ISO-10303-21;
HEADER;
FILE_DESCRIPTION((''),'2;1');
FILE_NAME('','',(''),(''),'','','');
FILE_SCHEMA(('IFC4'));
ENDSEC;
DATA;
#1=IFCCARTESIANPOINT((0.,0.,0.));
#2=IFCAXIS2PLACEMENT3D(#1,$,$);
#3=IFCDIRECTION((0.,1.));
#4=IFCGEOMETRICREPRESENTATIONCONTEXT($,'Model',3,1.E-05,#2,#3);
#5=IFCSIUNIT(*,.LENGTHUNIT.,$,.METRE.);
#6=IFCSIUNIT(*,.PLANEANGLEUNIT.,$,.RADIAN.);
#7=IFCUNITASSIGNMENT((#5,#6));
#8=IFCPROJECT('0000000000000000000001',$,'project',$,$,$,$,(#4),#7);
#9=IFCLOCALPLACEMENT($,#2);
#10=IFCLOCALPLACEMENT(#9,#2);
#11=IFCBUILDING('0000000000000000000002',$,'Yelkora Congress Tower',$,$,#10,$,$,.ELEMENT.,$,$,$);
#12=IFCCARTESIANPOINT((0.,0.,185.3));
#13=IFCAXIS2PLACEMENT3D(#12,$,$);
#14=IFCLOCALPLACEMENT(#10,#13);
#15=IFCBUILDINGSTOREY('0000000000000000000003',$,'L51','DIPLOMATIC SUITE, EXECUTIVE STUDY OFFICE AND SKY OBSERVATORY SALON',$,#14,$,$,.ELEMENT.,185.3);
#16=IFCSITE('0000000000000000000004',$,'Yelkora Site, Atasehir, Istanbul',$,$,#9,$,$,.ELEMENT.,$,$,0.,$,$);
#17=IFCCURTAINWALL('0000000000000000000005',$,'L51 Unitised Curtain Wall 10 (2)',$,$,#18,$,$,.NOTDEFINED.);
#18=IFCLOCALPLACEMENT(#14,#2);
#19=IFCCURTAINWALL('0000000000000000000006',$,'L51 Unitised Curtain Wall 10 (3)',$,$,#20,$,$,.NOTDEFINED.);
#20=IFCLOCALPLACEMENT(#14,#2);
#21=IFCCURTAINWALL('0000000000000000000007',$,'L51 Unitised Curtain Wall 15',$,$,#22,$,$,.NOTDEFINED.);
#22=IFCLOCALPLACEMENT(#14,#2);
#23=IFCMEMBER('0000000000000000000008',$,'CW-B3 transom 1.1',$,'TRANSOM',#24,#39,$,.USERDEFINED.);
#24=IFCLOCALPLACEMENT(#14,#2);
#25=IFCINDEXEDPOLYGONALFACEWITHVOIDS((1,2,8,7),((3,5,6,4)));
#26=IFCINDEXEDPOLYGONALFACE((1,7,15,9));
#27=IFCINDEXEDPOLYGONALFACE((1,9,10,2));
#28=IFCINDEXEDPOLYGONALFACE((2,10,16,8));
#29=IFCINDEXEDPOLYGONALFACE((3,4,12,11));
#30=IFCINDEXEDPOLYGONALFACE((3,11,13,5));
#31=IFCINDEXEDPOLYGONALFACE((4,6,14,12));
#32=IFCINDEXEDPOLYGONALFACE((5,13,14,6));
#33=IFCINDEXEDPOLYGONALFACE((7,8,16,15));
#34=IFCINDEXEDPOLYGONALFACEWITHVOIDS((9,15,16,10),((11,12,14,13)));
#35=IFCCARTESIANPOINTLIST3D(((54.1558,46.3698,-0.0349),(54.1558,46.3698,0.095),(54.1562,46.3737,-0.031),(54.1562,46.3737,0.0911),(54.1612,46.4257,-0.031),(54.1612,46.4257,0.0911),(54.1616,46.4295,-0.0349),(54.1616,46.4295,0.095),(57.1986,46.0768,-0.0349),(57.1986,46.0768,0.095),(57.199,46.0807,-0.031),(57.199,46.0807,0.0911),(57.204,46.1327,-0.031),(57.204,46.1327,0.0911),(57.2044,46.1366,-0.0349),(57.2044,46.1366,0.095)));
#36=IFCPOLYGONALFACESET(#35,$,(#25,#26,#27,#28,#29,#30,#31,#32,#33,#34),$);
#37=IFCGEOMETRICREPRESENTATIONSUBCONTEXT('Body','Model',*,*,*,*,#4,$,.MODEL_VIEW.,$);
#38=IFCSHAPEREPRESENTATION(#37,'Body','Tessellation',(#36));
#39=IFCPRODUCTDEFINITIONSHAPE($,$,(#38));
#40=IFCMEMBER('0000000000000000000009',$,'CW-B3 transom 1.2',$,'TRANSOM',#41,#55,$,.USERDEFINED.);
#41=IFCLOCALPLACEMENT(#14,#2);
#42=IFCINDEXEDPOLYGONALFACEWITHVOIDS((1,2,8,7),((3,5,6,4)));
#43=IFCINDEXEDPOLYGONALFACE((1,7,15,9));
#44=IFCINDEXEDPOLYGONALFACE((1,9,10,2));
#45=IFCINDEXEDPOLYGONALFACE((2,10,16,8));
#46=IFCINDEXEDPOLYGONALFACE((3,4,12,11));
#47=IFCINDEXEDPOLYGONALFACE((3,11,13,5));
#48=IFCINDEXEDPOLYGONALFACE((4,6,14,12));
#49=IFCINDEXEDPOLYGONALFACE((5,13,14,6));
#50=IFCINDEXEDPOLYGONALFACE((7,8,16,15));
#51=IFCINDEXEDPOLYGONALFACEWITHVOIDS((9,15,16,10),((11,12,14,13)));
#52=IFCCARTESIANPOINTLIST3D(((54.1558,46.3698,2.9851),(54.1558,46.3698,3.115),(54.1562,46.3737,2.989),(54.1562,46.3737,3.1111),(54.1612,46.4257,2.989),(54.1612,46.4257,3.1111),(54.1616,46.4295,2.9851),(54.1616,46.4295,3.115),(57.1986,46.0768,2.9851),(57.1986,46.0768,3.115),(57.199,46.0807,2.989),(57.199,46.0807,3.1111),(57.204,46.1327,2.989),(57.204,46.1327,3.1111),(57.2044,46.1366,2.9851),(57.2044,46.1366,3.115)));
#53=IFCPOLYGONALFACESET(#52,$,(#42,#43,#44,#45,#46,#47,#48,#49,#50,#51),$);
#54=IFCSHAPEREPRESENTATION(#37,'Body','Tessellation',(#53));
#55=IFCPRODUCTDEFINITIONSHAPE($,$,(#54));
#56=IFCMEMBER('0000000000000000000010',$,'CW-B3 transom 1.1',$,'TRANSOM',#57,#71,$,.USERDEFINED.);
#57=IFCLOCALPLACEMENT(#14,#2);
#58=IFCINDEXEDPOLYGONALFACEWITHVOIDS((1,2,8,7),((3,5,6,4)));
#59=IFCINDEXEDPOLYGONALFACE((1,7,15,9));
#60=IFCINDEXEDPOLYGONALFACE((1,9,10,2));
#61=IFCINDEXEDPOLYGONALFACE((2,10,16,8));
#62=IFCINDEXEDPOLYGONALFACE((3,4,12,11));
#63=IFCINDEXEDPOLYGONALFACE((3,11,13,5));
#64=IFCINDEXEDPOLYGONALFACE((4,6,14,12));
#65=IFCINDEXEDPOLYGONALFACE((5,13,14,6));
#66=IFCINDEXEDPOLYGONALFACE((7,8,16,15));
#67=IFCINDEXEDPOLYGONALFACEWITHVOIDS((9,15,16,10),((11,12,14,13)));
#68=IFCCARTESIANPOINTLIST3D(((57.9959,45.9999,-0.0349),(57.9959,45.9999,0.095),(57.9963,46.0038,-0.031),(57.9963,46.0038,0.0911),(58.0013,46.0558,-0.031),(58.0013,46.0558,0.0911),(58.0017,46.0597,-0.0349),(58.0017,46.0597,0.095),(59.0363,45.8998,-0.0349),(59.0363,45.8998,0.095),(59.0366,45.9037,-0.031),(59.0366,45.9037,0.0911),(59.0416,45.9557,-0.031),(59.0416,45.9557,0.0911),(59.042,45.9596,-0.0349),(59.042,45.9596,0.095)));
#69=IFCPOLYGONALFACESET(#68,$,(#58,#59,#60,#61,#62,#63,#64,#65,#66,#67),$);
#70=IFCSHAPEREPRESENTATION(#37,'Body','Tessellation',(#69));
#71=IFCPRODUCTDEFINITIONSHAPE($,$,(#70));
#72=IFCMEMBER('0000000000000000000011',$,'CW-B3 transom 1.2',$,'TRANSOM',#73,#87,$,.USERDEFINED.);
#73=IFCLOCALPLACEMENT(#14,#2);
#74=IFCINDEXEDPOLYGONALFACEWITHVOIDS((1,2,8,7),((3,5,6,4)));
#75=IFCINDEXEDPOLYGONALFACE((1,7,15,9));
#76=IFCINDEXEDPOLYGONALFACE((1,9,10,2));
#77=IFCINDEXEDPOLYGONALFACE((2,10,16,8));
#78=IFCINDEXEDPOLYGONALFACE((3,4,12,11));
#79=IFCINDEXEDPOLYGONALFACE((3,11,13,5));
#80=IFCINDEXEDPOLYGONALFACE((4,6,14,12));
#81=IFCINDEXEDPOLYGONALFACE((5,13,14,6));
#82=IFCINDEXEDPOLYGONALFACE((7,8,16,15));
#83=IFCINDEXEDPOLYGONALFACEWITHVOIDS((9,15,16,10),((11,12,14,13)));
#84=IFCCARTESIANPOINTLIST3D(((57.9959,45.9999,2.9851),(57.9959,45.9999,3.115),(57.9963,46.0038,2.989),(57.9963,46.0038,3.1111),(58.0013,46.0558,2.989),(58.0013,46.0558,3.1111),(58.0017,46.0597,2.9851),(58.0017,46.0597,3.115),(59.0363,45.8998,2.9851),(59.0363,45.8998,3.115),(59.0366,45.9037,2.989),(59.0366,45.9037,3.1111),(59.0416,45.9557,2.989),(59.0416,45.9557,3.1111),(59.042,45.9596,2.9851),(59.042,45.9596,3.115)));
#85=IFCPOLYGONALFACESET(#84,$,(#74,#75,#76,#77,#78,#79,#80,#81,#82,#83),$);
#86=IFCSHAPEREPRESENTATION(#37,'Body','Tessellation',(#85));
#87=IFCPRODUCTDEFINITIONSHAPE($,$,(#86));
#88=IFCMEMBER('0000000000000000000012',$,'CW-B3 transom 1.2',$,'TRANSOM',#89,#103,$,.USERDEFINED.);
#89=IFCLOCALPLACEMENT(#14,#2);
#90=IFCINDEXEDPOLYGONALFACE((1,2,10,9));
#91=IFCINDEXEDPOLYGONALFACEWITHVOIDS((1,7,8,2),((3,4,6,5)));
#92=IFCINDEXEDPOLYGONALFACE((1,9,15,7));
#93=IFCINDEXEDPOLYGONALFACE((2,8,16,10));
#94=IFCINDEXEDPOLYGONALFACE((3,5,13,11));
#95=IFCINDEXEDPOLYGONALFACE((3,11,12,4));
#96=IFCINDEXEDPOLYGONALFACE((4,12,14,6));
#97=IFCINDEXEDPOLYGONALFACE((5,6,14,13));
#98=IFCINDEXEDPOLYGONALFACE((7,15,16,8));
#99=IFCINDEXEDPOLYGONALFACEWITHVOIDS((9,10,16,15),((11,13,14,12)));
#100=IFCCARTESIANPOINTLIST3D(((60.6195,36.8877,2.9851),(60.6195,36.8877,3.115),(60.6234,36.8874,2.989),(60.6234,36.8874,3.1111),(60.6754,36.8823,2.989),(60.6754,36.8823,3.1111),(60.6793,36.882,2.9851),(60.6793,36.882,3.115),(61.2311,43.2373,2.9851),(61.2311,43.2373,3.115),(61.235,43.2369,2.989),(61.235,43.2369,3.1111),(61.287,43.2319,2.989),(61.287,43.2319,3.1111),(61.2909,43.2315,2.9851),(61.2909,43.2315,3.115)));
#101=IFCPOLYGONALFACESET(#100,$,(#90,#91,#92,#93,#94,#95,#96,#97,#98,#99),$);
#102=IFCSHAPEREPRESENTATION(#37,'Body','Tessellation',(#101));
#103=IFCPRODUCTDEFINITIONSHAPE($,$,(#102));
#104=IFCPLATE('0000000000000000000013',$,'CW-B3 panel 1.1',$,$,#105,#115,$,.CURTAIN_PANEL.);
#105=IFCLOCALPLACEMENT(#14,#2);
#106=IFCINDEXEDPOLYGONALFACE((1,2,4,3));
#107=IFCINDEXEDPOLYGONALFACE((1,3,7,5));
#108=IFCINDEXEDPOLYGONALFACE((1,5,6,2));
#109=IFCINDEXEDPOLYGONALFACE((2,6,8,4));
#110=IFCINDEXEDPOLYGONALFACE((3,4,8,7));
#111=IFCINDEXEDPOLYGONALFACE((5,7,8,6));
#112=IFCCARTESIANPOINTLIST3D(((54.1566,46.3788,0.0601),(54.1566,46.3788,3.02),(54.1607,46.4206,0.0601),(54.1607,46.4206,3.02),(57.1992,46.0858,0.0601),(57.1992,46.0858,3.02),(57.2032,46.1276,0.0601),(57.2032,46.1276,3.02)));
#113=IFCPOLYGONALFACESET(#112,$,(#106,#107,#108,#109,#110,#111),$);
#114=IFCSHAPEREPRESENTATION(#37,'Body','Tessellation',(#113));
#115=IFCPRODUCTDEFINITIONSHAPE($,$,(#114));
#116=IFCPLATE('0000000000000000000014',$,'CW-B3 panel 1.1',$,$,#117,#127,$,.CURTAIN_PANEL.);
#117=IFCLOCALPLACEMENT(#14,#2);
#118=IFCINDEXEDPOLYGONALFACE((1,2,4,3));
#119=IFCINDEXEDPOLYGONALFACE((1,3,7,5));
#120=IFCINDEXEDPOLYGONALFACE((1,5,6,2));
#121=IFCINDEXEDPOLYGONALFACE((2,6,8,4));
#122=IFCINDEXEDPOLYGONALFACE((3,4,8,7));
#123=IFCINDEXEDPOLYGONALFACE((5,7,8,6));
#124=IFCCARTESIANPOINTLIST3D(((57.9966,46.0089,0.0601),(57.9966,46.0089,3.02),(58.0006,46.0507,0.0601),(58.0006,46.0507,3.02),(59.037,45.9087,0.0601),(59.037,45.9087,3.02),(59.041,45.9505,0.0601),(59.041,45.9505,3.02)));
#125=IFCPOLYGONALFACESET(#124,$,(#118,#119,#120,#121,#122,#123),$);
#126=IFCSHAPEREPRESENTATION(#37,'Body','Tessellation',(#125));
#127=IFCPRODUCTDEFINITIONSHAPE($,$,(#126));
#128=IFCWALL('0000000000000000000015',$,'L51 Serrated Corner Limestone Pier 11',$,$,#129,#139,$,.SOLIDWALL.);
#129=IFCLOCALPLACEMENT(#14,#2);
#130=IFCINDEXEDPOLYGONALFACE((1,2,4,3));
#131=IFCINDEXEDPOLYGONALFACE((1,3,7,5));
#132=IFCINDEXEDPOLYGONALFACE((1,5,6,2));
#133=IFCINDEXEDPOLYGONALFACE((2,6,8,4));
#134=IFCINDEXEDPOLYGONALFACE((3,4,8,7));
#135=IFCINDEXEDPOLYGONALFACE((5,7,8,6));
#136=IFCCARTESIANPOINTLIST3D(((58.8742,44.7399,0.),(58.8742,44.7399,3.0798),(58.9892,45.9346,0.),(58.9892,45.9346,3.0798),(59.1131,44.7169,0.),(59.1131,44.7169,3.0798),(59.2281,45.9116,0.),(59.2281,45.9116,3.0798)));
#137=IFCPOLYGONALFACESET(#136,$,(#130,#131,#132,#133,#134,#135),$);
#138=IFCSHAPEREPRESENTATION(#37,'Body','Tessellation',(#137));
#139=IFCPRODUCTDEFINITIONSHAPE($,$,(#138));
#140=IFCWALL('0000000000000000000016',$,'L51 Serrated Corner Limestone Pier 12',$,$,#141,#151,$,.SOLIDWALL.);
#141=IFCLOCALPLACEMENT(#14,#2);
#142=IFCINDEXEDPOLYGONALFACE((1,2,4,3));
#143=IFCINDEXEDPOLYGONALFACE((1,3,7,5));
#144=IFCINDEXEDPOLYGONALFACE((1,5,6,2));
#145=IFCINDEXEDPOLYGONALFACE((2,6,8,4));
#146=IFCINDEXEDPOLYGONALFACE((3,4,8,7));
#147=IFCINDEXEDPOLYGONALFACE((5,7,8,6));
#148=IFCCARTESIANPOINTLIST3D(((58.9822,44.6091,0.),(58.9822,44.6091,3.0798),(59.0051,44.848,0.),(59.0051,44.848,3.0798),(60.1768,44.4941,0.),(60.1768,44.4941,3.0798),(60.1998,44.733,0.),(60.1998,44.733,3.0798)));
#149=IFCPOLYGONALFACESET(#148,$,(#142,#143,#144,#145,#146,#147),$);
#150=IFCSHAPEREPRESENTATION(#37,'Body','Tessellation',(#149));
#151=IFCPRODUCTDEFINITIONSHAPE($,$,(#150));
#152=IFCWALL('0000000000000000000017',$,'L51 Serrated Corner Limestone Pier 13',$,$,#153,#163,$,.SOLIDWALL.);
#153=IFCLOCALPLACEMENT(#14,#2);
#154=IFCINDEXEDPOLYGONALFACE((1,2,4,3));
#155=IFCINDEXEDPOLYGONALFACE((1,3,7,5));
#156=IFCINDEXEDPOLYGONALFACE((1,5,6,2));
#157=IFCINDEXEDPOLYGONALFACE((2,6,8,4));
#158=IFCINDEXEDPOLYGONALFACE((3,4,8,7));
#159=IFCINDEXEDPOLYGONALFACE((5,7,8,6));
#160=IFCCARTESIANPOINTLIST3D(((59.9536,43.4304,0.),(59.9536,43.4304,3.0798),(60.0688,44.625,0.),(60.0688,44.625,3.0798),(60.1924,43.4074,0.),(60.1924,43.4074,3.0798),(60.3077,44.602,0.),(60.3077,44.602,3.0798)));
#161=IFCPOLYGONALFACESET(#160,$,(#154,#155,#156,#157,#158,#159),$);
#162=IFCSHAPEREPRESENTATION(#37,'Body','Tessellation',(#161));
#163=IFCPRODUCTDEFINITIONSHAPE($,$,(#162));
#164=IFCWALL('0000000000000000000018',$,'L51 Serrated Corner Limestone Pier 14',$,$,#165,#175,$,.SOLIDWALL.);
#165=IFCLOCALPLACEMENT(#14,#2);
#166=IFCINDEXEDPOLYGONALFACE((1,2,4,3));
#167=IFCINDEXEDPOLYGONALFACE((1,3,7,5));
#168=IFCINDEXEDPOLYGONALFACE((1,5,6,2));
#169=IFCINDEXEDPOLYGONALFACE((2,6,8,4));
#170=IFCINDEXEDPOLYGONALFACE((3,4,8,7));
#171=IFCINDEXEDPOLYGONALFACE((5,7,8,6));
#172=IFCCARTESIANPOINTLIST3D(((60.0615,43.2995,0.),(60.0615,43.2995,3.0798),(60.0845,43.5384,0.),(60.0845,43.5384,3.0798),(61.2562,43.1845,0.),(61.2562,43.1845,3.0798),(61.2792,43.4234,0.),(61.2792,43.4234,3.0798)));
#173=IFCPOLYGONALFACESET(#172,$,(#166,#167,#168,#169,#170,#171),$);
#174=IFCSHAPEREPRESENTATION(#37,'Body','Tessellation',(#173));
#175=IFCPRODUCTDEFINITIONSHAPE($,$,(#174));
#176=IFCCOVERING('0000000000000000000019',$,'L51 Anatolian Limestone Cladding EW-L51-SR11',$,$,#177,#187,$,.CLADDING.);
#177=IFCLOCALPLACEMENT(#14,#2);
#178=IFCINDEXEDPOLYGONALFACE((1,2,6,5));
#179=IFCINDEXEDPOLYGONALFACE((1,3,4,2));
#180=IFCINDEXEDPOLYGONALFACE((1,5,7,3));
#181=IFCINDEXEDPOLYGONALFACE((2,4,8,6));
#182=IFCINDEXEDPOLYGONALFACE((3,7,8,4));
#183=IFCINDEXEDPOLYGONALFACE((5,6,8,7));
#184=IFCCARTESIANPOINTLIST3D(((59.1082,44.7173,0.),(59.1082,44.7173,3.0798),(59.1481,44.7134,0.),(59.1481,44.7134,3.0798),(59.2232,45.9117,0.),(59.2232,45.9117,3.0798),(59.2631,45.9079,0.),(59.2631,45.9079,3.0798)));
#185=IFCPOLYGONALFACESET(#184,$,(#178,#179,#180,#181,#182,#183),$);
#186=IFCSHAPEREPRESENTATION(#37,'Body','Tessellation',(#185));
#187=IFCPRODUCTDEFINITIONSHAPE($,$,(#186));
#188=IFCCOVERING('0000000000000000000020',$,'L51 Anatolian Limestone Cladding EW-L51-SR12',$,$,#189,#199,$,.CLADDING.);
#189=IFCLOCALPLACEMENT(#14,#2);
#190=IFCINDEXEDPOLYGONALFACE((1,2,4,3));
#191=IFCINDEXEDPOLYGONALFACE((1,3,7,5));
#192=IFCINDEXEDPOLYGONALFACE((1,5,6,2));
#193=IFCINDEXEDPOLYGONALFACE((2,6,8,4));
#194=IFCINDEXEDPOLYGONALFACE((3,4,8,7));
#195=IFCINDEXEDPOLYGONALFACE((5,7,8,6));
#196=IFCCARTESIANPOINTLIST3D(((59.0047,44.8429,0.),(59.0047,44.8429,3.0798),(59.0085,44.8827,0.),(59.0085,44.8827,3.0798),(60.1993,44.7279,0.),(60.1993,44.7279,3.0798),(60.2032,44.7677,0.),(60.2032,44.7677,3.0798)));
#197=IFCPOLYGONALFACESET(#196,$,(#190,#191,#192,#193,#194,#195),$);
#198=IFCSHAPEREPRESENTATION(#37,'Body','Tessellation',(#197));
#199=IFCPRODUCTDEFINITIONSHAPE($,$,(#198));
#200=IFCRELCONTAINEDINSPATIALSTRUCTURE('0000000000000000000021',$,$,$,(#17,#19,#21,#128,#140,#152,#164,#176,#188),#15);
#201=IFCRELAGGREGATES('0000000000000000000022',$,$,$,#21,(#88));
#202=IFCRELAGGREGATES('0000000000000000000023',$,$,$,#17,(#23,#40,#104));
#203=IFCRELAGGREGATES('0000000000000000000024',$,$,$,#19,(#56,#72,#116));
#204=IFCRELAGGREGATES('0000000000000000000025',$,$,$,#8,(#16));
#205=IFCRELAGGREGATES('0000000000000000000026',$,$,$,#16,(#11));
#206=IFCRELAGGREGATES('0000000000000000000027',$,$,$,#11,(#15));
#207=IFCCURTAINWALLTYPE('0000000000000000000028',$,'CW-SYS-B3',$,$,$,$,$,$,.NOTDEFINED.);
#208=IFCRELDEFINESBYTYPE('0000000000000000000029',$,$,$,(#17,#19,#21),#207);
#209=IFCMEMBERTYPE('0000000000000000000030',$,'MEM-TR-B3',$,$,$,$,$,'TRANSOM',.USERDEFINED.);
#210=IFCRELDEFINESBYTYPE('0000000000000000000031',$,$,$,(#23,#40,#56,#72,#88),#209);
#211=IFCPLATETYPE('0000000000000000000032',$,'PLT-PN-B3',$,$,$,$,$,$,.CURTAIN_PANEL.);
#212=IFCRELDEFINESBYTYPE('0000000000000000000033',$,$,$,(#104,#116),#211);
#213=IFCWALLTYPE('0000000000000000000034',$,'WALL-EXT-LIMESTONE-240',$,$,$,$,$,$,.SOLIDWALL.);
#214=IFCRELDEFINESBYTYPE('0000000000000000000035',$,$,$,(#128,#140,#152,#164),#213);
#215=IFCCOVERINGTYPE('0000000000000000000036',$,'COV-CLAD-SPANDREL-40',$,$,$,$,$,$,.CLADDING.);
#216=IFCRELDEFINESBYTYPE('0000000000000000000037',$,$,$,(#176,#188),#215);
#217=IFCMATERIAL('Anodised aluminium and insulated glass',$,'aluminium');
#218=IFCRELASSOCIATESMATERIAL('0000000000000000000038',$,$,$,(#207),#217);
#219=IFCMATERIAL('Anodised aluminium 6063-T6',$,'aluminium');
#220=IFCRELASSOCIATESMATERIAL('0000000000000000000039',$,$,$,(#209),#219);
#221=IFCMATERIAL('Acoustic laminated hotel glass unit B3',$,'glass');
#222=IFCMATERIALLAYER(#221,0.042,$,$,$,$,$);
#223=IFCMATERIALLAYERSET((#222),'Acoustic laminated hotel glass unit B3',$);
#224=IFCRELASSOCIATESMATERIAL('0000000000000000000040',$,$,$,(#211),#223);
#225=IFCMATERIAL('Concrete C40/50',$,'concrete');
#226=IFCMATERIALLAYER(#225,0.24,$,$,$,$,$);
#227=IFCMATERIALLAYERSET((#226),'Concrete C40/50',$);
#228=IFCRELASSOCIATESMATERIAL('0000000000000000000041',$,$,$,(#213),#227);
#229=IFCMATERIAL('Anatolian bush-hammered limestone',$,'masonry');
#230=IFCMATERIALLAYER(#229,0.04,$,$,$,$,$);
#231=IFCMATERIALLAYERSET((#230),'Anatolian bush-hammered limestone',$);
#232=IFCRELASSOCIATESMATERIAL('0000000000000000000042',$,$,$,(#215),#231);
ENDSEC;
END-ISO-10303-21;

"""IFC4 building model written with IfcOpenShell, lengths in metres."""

from ifc_helpers import new_model, si_unit, direction, frame, frame_2d, origin, origin_2d, place, context, subcontext, project, spatial, rectangle, hollow_rectangle, extrude, material, layer, layer_set, material_profile, profile_set, type_object, element, aggregate, save


model = new_model("IFC4")

# Units and contexts
model_context = context("Model", 3, precision=1e-05, world=origin(), true_north=direction((0.0, 1.0)))
body_context = subcontext(model_context, "Body", "Model", "MODEL_VIEW")
ifc_project = project(units=[si_unit("LENGTHUNIT", "METRE"), si_unit("PLANEANGLEUNIT", "RADIAN")], contexts=[model_context])

# Site, building, storey
site_placement = place(None, origin())
site = spatial("IfcSite", under=ifc_project, at=site_placement, Name="Yelkora Site, Atasehir, Istanbul", CompositionType="ELEMENT", RefElevation=0.0)
building_placement = place(site_placement, origin())
building = spatial("IfcBuilding", under=site, at=building_placement, Name="Yelkora Congress Tower", CompositionType="ELEMENT")
storey_placement = place(building_placement, frame((0.0, 0.0, 185.3)))
storey = spatial("IfcBuildingStorey", under=building, at=storey_placement, Name="L51", Description="DIPLOMATIC SUITE, EXECUTIVE STUDY OFFICE AND SKY OBSERVATORY SALON", CompositionType="ELEMENT", Elevation=185.3)

# Shared definitions
ifc_material_1 = material(Name="Anodised aluminium and insulated glass", Category="aluminium")
curtain_wall_type = type_object("IfcCurtainWallType", Name="CW-SYS-B3", PredefinedType="NOTDEFINED", material=ifc_material_1)
ifc_material_2 = material(Name="Anodised aluminium 6063-T6", Category="aluminium")

# Curtain walls
curtain_wall_1_placement = place(storey_placement, origin())
curtain_wall_1 = element("IfcCurtainWall", 1, at=curtain_wall_1_placement, inside=storey, type_object=curtain_wall_type, Name="L51 Unitised Curtain Wall 10 (2)", PredefinedType="NOTDEFINED")
curtain_wall_2_placement = place(storey_placement, origin())
curtain_wall_2 = element("IfcCurtainWall", 2, at=curtain_wall_2_placement, inside=storey, type_object=curtain_wall_type, Name="L51 Unitised Curtain Wall 10 (3)", PredefinedType="NOTDEFINED")

# Curtain wall
curtain_wall_3_placement = place(storey_placement, origin())
curtain_wall_3 = element("IfcCurtainWall", 3, at=curtain_wall_3_placement, inside=storey, type_object=curtain_wall_type, Name="L51 Unitised Curtain Wall 15", PredefinedType="NOTDEFINED")

# Members
ifc_material_profile_1 = material_profile(ifc_material_2, hollow_rectangle(XDim=0.0601, YDim=0.1299, WallThickness=0.0039, at=origin_2d()), Name="ALU 60x130x4")
ifc_profile_set_1 = profile_set([ifc_material_profile_1], Name="Anodised aluminium 6063-T6")
member_type_1 = type_object("IfcMemberType", Name="MEM-TR-B3", ElementType="TRANSOM", PredefinedType="USERDEFINED", material=ifc_profile_set_1)
member_1_placement = place(storey_placement, frame((54.1587, 46.3997, 0.03), z_axis=(0.995397, -0.095842, 0.0), x_axis=(0.095842, 0.995397, 0.0)))
member_1 = element("IfcMember", 4, at=member_1_placement, type_object=member_type_1, Name="CW-B3 transom 1.1", ObjectType="TRANSOM", PredefinedType="USERDEFINED", context=body_context, shape_type="SweptSolid", body=[
    extrude(hollow_rectangle(XDim=0.0601, YDim=0.1299, WallThickness=0.0039, at=origin_2d()), origin(), (0.0, 0.0, 1.0), 3.0569),
])
member_2_placement = place(storey_placement, frame((54.1587, 46.3997, 3.05), z_axis=(0.995397, -0.095842, 0.0), x_axis=(0.095842, 0.995397, 0.0)))
member_2 = element("IfcMember", 5, at=member_2_placement, type_object=member_type_1, Name="CW-B3 transom 1.2", ObjectType="TRANSOM", PredefinedType="USERDEFINED", context=body_context, shape_type="SweptSolid", body=[
    extrude(hollow_rectangle(XDim=0.0601, YDim=0.1299, WallThickness=0.0039, at=origin_2d()), origin(), (0.0, 0.0, 1.0), 3.0569),
])
member_3_placement = place(storey_placement, frame((57.9988, 46.0298, 0.03), z_axis=(0.995403, -0.095779, 0.0), x_axis=(0.095779, 0.995403, 0.0)))
member_3 = element("IfcMember", 6, at=member_3_placement, type_object=member_type_1, Name="CW-B3 transom 1.1", ObjectType="TRANSOM", PredefinedType="USERDEFINED", context=body_context, shape_type="SweptSolid", body=[
    extrude(hollow_rectangle(XDim=0.0601, YDim=0.1299, WallThickness=0.0039, at=origin_2d()), origin(), (0.0, 0.0, 1.0), 1.0452),
])
member_4_placement = place(storey_placement, frame((57.9988, 46.0298, 3.05), z_axis=(0.995403, -0.095779, 0.0), x_axis=(0.095779, 0.995403, 0.0)))
member_4 = element("IfcMember", 7, at=member_4_placement, type_object=member_type_1, Name="CW-B3 transom 1.2", ObjectType="TRANSOM", PredefinedType="USERDEFINED", context=body_context, shape_type="SweptSolid", body=[
    extrude(hollow_rectangle(XDim=0.0601, YDim=0.1299, WallThickness=0.0039, at=origin_2d()), origin(), (0.0, 0.0, 1.0), 1.0452),
])
member_5_placement = place(storey_placement, frame((61.261, 43.2344, 3.05), z_axis=(-0.095873, -0.995394, 0.0), x_axis=(0.995394, -0.095873, 0.0)))
member_5 = element("IfcMember", 8, at=member_5_placement, type_object=member_type_1, Name="CW-B3 transom 1.2", ObjectType="TRANSOM", PredefinedType="USERDEFINED", context=body_context, shape_type="SweptSolid", body=[
    extrude(hollow_rectangle(XDim=0.0601, YDim=0.1299, WallThickness=0.0039, at=origin_2d()), origin(), (0.0, 0.0, 1.0), 6.3789),
])
aggregate(curtain_wall_3, [member_5])

# Plates
ifc_material_3 = material(Name="Acoustic laminated hotel glass unit B3", Category="glass")
ifc_layer_1 = layer(ifc_material_3, 0.042)
ifc_layer_set_1 = layer_set([ifc_layer_1], Name="Acoustic laminated hotel glass unit B3")
plate_type = type_object("IfcPlateType", Name="PLT-PN-B3", PredefinedType="CURTAIN_PANEL", material=ifc_layer_set_1)
plate_1_placement = place(storey_placement, frame((55.6799, 46.2532, 0.0601), z_axis=(0.0, 0.0, 1.0), x_axis=(0.995396, -0.095848, 0.0)))
plate_1 = element("IfcPlate", 9, at=plate_1_placement, type_object=plate_type, Name="CW-B3 panel 1.1", PredefinedType="CURTAIN_PANEL", context=body_context, shape_type="SweptSolid", body=[
    extrude(rectangle(XDim=3.0566, YDim=0.042, at=origin_2d()), origin(), (0.0, 0.0, 1.0), 2.96),
])
aggregate(curtain_wall_1, [member_1, member_2, plate_1])
plate_2_placement = place(storey_placement, frame((58.5188, 45.9797, 0.0601), z_axis=(0.0, 0.0, 1.0), x_axis=(0.995396, -0.095852, 0.0)))
plate_2 = element("IfcPlate", 10, at=plate_2_placement, type_object=plate_type, Name="CW-B3 panel 1.1", PredefinedType="CURTAIN_PANEL", context=body_context, shape_type="SweptSolid", body=[
    extrude(rectangle(XDim=1.0452, YDim=0.042, at=origin_2d()), origin(), (0.0, 0.0, 1.0), 2.96),
])
aggregate(curtain_wall_2, [member_3, member_4, plate_2])

# Walls
ifc_material_4 = material(Name="Concrete C40/50", Category="concrete")
ifc_layer_2 = layer(ifc_material_4, 0.24)
ifc_layer_set_2 = layer_set([ifc_layer_2], Name="Concrete C40/50")
wall_type = type_object("IfcWallType", Name="WALL-EXT-LIMESTONE-240", PredefinedType="SOLIDWALL", material=ifc_layer_set_2)
for number, where, z_axis, x_axis, name in (
    (11, (59.1086, 45.9231, 0.0), (0.0, 0.0, 1.0), (-0.095817, -0.995399, 0.0), "L51 Serrated Corner Limestone Pier 11"),
    (12, (58.9937, 44.7285, 0.0), (0.0, 0.0, 1.0), (0.995399, -0.095817, 0.0), "L51 Serrated Corner Limestone Pier 12"),
    (13, (60.1882, 44.6135, 0.0), (0.0, 0.0, 1.0), (-0.096019, -0.99538, 0.0), "L51 Serrated Corner Limestone Pier 13"),
    (14, (60.073, 43.4189, 0.0), (0.0, 0.0, 1.0), (0.995399, -0.095817, 0.0), "L51 Serrated Corner Limestone Pier 14"),
):
    element("IfcWall", number, at=place(storey_placement, frame(where, z_axis=z_axis, x_axis=x_axis)), inside=storey, type_object=wall_type, Name=name, PredefinedType="SOLIDWALL", context=body_context, shape_type="SweptSolid", body=[
        extrude(rectangle(XDim=1.2002, YDim=0.24, at=frame_2d((0.6001, 0.0))), origin(), (0.0, 0.0, 1.0), 3.0798),
    ])

# Coverings
ifc_material_5 = material(Name="Anatolian bush-hammered limestone", Category="masonry")
ifc_layer_3 = layer(ifc_material_5, 0.04)
ifc_layer_set_3 = layer_set([ifc_layer_3], Name="Anatolian bush-hammered limestone")
covering_type = type_object("IfcCoveringType", Name="COV-CLAD-SPANDREL-40", PredefinedType="CLADDING", material=ifc_layer_set_3)
covering_1_placement = place(storey_placement, frame((59.2432, 45.9099, 0.0), z_axis=(0.0, 0.0, 1.0), x_axis=(-0.095836, -0.995397, 0.0)))
element("IfcCovering", 15, at=covering_1_placement, inside=storey, type_object=covering_type, Name="L51 Anatolian Limestone Cladding EW-L51-SR11", PredefinedType="CLADDING", context=body_context, shape_type="SweptSolid", body=[
    extrude(rectangle(XDim=1.2, YDim=0.04, at=frame_2d((0.6001, 0.0))), origin(), (0.0, 0.0, 1.0), 3.0798),
])
for number, where, z_axis, x_axis, name in (
    (16, (59.0066, 44.8628, 0.0), (0.0, 0.0, 1.0), (0.995399, -0.095817, 0.0), "L51 Anatolian Limestone Cladding EW-L51-SR12"),
):
    element("IfcCovering", number, at=place(storey_placement, frame(where, z_axis=z_axis, x_axis=x_axis)), inside=storey, type_object=covering_type, Name=name, PredefinedType="CLADDING", context=body_context, shape_type="SweptSolid", body=[
        extrude(rectangle(XDim=1.2002, YDim=0.04, at=frame_2d((0.6001, 0.0))), origin(), (0.0, 0.0, 1.0), 3.0798),
    ])

save(model, "model.ifc")
